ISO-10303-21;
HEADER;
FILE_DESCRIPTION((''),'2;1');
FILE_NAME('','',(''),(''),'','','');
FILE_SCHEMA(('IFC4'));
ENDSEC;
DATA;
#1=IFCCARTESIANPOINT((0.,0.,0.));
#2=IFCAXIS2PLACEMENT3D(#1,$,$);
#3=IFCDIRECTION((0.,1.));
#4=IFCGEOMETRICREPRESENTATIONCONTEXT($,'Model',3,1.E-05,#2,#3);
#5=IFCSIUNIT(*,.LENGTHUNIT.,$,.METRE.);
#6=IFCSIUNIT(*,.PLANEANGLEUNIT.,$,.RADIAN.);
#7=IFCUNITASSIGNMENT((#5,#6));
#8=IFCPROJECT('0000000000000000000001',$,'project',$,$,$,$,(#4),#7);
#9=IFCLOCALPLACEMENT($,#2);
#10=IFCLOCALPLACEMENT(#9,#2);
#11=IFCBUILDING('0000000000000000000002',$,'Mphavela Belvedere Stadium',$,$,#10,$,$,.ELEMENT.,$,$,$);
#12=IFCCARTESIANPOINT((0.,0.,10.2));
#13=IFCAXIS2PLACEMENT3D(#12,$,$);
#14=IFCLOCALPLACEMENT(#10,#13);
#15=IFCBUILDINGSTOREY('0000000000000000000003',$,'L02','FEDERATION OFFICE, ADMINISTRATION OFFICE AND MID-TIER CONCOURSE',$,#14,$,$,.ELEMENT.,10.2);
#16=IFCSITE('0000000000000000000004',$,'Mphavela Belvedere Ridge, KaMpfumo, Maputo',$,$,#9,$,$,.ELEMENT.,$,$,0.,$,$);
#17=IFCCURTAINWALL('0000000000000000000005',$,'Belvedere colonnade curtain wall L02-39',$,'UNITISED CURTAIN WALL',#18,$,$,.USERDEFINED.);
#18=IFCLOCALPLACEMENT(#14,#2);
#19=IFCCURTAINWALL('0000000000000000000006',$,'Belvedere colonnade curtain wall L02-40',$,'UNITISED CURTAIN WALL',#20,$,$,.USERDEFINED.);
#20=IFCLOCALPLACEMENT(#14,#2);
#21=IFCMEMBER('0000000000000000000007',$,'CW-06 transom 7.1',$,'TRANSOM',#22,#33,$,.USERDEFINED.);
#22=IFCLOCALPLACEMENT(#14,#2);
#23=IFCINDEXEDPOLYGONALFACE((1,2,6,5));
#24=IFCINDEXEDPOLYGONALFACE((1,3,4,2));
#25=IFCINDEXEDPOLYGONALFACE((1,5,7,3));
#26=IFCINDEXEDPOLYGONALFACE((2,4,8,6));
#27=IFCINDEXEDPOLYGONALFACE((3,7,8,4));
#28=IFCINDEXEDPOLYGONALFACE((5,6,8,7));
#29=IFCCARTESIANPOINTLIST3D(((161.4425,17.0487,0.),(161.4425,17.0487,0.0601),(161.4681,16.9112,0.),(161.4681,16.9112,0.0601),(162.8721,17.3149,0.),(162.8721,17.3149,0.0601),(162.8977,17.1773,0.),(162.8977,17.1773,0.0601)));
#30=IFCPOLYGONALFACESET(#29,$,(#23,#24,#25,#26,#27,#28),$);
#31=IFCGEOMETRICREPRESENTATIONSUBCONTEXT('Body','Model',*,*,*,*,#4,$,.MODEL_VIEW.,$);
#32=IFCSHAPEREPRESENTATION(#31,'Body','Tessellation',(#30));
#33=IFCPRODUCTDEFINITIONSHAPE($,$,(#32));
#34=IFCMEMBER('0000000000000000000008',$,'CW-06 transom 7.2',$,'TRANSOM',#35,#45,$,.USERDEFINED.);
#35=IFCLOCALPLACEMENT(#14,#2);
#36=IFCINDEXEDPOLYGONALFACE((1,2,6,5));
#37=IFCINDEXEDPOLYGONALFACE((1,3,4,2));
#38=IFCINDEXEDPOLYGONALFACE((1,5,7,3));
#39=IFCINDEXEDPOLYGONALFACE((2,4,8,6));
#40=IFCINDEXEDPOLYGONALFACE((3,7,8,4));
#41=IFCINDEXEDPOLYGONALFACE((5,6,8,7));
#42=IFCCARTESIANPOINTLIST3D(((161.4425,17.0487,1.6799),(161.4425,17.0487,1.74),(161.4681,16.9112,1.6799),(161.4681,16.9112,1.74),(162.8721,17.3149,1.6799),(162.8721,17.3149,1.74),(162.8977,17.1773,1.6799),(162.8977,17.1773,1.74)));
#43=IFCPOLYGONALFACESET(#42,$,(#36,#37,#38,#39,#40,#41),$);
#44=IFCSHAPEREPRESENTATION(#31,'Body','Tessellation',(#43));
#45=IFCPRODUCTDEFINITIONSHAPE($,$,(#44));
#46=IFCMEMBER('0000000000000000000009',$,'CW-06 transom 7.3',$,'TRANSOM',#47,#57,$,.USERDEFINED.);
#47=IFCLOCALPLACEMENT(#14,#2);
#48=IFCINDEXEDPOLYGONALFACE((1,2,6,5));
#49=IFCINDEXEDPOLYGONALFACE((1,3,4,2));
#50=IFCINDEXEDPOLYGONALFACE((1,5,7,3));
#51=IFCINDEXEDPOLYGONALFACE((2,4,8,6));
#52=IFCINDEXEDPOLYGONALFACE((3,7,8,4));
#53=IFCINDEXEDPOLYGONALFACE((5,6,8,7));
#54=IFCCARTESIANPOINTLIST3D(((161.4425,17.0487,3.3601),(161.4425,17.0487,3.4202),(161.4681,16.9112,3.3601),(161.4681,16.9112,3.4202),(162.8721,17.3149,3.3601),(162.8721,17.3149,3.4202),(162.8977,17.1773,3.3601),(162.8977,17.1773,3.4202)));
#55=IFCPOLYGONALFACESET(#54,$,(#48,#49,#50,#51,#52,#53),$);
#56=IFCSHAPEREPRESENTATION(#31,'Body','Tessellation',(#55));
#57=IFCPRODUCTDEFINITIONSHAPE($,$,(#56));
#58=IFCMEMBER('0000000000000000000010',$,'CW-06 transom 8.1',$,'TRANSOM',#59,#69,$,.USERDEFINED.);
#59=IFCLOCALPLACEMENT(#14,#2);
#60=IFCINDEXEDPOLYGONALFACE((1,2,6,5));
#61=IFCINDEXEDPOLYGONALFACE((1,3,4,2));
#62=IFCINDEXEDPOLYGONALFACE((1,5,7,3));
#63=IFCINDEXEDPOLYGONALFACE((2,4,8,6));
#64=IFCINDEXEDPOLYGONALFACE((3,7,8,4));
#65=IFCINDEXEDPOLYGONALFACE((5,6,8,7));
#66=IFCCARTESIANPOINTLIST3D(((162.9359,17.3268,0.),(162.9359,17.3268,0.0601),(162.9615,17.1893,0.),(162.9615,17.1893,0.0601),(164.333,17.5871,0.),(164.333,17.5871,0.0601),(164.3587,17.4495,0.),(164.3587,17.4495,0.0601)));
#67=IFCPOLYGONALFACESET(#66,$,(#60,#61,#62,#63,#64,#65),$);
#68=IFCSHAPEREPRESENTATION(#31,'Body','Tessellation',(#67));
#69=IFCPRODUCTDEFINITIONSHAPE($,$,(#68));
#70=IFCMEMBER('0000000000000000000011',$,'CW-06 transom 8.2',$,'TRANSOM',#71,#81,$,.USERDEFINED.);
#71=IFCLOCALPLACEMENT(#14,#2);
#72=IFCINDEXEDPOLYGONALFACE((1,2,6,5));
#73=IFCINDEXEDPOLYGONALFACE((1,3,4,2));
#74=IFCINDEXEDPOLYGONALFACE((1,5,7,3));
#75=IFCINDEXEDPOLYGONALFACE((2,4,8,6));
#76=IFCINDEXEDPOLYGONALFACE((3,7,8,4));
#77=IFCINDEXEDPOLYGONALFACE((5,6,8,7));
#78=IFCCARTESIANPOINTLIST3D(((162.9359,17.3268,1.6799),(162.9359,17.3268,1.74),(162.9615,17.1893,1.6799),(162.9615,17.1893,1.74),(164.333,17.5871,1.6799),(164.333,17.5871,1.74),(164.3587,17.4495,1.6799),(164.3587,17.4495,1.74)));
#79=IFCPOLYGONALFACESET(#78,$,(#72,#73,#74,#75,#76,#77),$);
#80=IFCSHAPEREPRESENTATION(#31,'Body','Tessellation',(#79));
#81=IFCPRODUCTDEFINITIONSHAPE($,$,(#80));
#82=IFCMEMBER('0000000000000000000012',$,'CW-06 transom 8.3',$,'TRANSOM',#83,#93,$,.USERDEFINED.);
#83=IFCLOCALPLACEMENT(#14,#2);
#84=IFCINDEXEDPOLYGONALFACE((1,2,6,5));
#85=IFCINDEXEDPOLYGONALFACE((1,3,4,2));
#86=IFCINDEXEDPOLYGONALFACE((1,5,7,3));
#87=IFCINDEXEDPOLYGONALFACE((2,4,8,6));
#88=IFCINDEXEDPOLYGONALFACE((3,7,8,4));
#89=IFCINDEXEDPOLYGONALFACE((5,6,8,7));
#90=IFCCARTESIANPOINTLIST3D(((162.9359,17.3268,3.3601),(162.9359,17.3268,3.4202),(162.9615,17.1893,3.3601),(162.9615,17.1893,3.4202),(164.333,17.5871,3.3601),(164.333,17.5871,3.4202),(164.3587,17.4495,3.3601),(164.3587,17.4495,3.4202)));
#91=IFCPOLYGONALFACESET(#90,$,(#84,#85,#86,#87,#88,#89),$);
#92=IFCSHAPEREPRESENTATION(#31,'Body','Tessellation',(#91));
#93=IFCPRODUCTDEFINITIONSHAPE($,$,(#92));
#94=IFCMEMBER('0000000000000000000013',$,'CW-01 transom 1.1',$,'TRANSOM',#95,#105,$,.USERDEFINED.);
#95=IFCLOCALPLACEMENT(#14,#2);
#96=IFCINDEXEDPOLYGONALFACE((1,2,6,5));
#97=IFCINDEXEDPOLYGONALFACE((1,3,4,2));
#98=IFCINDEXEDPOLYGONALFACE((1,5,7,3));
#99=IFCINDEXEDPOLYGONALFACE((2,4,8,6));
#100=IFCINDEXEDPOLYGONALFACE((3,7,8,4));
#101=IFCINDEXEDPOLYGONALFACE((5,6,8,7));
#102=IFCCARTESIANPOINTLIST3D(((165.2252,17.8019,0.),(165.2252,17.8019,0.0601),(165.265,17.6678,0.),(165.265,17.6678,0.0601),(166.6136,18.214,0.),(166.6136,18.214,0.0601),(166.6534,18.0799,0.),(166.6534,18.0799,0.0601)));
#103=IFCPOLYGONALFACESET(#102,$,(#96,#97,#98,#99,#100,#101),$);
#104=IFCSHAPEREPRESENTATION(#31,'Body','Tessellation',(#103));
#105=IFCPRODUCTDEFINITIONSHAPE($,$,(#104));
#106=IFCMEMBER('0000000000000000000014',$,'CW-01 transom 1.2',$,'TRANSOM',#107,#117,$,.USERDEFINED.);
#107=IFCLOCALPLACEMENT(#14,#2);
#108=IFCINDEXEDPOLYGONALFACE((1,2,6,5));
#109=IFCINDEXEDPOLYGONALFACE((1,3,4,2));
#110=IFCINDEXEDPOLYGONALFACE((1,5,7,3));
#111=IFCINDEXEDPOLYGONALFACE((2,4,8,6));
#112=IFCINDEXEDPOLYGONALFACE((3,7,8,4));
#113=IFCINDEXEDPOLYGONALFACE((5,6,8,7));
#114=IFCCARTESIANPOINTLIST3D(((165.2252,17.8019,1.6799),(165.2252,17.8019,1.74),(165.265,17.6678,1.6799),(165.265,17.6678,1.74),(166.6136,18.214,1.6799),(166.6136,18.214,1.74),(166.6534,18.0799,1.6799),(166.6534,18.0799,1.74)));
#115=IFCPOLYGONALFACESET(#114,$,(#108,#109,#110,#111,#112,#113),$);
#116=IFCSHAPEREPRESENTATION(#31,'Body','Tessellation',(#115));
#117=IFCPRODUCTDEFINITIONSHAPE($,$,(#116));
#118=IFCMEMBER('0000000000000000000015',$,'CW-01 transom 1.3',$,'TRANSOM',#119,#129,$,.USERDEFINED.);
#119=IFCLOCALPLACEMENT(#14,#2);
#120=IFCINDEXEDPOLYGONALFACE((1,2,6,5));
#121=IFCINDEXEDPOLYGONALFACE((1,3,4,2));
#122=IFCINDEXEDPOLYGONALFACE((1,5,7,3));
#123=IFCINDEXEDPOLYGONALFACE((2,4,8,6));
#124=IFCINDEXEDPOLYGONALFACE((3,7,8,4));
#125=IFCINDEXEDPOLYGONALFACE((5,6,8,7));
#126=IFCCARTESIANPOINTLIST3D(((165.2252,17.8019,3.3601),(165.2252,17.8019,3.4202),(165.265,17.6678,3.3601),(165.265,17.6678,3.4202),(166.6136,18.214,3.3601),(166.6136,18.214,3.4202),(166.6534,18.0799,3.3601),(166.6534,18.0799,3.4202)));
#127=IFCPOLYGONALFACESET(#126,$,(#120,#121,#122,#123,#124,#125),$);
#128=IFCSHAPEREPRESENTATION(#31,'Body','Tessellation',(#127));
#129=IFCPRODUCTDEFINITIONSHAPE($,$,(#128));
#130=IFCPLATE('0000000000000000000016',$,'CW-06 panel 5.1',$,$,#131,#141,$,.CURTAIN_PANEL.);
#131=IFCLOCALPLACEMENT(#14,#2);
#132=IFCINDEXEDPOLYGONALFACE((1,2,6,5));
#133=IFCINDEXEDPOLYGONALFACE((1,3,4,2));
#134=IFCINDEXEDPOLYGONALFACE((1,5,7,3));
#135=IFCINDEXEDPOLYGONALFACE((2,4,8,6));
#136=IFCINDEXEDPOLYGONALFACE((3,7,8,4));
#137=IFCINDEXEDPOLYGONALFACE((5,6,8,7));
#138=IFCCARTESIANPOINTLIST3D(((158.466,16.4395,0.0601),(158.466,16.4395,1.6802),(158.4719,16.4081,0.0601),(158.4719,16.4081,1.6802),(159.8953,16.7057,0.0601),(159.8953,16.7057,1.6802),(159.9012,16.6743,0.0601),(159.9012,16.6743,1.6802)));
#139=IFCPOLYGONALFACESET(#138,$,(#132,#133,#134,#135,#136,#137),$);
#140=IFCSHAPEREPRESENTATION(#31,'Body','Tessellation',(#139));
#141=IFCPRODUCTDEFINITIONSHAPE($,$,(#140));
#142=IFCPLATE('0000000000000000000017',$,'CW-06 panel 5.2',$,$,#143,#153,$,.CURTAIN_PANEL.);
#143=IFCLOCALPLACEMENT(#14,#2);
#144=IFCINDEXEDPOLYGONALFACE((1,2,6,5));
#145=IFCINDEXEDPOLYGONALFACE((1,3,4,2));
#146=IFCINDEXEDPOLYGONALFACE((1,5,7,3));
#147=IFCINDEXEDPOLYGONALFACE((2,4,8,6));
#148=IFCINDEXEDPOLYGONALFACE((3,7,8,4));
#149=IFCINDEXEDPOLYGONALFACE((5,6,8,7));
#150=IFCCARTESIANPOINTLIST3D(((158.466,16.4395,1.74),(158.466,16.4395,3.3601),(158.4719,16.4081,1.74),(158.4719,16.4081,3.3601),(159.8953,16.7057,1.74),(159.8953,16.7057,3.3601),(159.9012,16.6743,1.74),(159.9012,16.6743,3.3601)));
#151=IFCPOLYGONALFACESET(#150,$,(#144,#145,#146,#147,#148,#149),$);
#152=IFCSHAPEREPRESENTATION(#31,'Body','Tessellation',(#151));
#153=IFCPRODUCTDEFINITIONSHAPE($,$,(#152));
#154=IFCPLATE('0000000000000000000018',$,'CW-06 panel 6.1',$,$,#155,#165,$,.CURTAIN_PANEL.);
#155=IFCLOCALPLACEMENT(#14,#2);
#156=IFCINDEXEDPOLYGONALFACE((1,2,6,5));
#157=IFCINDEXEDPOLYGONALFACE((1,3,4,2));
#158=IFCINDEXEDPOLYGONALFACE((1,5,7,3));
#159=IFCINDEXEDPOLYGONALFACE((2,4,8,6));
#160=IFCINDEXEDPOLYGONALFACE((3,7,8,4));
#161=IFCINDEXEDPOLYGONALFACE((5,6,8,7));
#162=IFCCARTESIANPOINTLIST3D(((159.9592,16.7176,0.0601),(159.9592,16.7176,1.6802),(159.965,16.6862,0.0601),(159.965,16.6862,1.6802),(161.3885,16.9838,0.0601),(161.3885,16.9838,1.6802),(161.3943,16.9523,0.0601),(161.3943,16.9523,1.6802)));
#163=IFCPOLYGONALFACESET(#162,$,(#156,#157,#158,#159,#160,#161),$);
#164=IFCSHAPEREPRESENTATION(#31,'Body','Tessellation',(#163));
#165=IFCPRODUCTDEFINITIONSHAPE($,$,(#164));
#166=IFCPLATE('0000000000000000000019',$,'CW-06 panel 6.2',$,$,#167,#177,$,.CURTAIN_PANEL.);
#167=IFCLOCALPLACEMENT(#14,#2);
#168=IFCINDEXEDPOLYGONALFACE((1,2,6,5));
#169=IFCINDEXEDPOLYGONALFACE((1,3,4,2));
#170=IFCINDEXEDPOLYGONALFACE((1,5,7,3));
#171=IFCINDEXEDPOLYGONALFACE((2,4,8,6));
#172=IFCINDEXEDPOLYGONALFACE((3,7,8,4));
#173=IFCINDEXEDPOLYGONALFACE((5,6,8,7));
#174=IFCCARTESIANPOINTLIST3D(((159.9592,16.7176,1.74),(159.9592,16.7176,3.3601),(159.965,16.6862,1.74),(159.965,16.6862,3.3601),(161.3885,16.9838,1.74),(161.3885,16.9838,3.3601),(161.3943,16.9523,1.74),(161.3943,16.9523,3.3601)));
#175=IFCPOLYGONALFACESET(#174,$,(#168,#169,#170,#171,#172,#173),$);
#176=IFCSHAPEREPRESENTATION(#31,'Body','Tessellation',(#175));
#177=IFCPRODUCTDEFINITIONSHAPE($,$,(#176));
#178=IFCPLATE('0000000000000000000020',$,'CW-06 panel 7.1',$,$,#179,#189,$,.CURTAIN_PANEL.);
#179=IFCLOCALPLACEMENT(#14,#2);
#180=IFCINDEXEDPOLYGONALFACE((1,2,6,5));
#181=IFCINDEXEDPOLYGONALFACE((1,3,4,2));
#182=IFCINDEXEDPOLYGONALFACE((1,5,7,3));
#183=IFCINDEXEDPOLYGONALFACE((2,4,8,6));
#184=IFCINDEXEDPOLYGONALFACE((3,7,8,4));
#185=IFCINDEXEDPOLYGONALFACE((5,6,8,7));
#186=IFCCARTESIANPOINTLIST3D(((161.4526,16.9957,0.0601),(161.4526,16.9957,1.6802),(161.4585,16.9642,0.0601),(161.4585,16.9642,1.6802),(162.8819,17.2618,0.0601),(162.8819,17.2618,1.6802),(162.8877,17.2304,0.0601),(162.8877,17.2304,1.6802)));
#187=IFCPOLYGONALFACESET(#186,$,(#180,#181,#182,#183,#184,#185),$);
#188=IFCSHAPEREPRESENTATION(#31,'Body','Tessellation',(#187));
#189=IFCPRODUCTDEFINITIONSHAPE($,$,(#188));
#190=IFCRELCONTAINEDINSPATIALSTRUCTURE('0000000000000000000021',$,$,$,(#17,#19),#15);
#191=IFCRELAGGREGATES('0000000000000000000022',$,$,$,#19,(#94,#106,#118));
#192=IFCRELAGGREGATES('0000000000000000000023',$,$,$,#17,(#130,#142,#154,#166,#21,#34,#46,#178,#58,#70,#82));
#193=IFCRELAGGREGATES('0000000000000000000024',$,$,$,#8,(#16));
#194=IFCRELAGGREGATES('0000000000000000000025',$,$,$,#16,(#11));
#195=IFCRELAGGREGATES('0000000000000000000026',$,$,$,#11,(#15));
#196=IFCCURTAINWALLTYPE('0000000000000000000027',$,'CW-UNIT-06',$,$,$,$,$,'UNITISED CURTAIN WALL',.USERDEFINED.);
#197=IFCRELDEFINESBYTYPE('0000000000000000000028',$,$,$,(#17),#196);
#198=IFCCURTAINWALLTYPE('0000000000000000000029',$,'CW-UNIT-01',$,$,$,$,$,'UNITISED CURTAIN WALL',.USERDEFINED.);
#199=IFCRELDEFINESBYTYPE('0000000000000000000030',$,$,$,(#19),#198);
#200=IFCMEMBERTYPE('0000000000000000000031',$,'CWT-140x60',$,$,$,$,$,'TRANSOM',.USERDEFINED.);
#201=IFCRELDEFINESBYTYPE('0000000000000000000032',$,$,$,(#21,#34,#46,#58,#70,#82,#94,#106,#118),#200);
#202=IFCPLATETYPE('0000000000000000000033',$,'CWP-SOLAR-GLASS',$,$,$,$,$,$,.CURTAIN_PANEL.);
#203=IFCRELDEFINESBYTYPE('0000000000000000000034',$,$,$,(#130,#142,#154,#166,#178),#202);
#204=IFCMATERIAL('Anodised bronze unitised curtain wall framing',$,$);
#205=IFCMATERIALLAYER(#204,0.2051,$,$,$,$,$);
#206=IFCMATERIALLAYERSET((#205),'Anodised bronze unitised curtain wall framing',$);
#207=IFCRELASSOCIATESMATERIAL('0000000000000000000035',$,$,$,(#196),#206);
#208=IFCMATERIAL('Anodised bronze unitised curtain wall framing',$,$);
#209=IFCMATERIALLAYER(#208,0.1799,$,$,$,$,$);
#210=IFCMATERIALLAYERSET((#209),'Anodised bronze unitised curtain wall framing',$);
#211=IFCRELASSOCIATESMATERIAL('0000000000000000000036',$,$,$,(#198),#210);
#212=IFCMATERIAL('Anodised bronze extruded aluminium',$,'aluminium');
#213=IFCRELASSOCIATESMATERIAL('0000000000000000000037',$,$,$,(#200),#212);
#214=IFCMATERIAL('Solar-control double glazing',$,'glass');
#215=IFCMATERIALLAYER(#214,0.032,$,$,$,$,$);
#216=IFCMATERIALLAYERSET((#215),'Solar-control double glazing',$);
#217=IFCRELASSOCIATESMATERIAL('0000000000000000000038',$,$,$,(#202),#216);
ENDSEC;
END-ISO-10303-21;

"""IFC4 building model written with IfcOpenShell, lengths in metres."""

from ifc_helpers import new_model, si_unit, direction, frame, origin, origin_2d, place, context, subcontext, project, spatial, rectangle, extrude, material, layer, layer_set, material_profile, profile_set, type_object, element, aggregate, save


model = new_model("IFC4")

# Units and contexts
model_context = context("Model", 3, precision=1e-05, world=origin(), true_north=direction((0.0, 1.0)))
body_context = subcontext(model_context, "Body", "Model", "MODEL_VIEW")
ifc_project = project(units=[si_unit("LENGTHUNIT", "METRE"), si_unit("PLANEANGLEUNIT", "RADIAN")], contexts=[model_context])

# Site, building, storey
site_placement = place(None, origin())
site = spatial("IfcSite", under=ifc_project, at=site_placement, Name="Mphavela Belvedere Ridge, KaMpfumo, Maputo", CompositionType="ELEMENT", RefElevation=0.0)
building_placement = place(site_placement, origin())
building = spatial("IfcBuilding", under=site, at=building_placement, Name="Mphavela Belvedere Stadium", CompositionType="ELEMENT")
storey_placement = place(building_placement, frame((0.0, 0.0, 10.2)))
storey = spatial("IfcBuildingStorey", under=building, at=storey_placement, Name="L02", Description="FEDERATION OFFICE, ADMINISTRATION OFFICE AND MID-TIER CONCOURSE", CompositionType="ELEMENT", Elevation=10.2)

# Curtain wall
ifc_material_1 = material(Name="Anodised bronze unitised curtain wall framing")
ifc_layer_1 = layer(ifc_material_1, 0.2051)
ifc_layer_set_1 = layer_set([ifc_layer_1], Name="Anodised bronze unitised curtain wall framing")
curtain_wall_type_1 = type_object("IfcCurtainWallType", Name="CW-UNIT-06", ElementType="UNITISED CURTAIN WALL", PredefinedType="USERDEFINED", material=ifc_layer_set_1)
curtain_wall_1_placement = place(storey_placement, origin())
curtain_wall_1 = element("IfcCurtainWall", 1, at=curtain_wall_1_placement, inside=storey, type_object=curtain_wall_type_1, Name="Belvedere colonnade curtain wall L02-39", ObjectType="UNITISED CURTAIN WALL", PredefinedType="USERDEFINED")

# Curtain wall
ifc_material_2 = material(Name="Anodised bronze unitised curtain wall framing")
ifc_layer_2 = layer(ifc_material_2, 0.1799)
ifc_layer_set_2 = layer_set([ifc_layer_2], Name="Anodised bronze unitised curtain wall framing")
curtain_wall_type_2 = type_object("IfcCurtainWallType", Name="CW-UNIT-01", ElementType="UNITISED CURTAIN WALL", PredefinedType="USERDEFINED", material=ifc_layer_set_2)
curtain_wall_2_placement = place(storey_placement, origin())
curtain_wall_2 = element("IfcCurtainWall", 2, at=curtain_wall_2_placement, inside=storey, type_object=curtain_wall_type_2, Name="Belvedere colonnade curtain wall L02-40", ObjectType="UNITISED CURTAIN WALL", PredefinedType="USERDEFINED")

# Members
ifc_material_3 = material(Name="Anodised bronze extruded aluminium", Category="aluminium")
ifc_material_profile_1 = material_profile(ifc_material_3, rectangle(XDim=0.1399, YDim=0.0601, at=origin_2d()), Name="CW-TRN 140x60")
ifc_profile_set_1 = profile_set([ifc_material_profile_1], Name="Anodised bronze extruded aluminium")
member_type_1 = type_object("IfcMemberType", Name="CWT-140x60", ElementType="TRANSOM", PredefinedType="USERDEFINED", material=ifc_profile_set_1)
member_1_placement = place(storey_placement, frame((161.4553, 16.98, 0.03), z_axis=(0.983109, 0.183021, 0.0), x_axis=(-0.183021, 0.983109, 0.0)))
member_1 = element("IfcMember", 3, at=member_1_placement, type_object=member_type_1, Name="CW-06 transom 7.1", ObjectType="TRANSOM", PredefinedType="USERDEFINED", context=body_context, shape_type="SweptSolid", body=[
    extrude(rectangle(XDim=0.1399, YDim=0.0601, at=origin_2d()), origin(), (0.0, 0.0, 1.0), 1.4541),
])
member_2_placement = place(storey_placement, frame((161.4553, 16.98, 1.71), z_axis=(0.983109, 0.183021, 0.0), x_axis=(-0.183021, 0.983109, 0.0)))
member_2 = element("IfcMember", 4, at=member_2_placement, type_object=member_type_1, Name="CW-06 transom 7.2", ObjectType="TRANSOM", PredefinedType="USERDEFINED", context=body_context, shape_type="SweptSolid", body=[
    extrude(rectangle(XDim=0.1399, YDim=0.0601, at=origin_2d()), origin(), (0.0, 0.0, 1.0), 1.4541),
])
member_3_placement = place(storey_placement, frame((161.4553, 16.98, 3.3901), z_axis=(0.983109, 0.183021, 0.0), x_axis=(-0.183021, 0.983109, 0.0)))
member_3 = element("IfcMember", 5, at=member_3_placement, type_object=member_type_1, Name="CW-06 transom 7.3", ObjectType="TRANSOM", PredefinedType="USERDEFINED", context=body_context, shape_type="SweptSolid", body=[
    extrude(rectangle(XDim=0.1399, YDim=0.0601, at=origin_2d()), origin(), (0.0, 0.0, 1.0), 1.4541),
])
member_4_placement = place(storey_placement, frame((162.9487, 17.2581, 0.03), z_axis=(0.983091, 0.183116, 0.0), x_axis=(-0.183116, 0.983091, 0.0)))
member_4 = element("IfcMember", 6, at=member_4_placement, type_object=member_type_1, Name="CW-06 transom 8.1", ObjectType="TRANSOM", PredefinedType="USERDEFINED", context=body_context, shape_type="SweptSolid", body=[
    extrude(rectangle(XDim=0.1399, YDim=0.0601, at=origin_2d()), origin(), (0.0, 0.0, 1.0), 1.4211),
])
member_5_placement = place(storey_placement, frame((162.9487, 17.2581, 1.71), z_axis=(0.983091, 0.183116, 0.0), x_axis=(-0.183116, 0.983091, 0.0)))
member_5 = element("IfcMember", 7, at=member_5_placement, type_object=member_type_1, Name="CW-06 transom 8.2", ObjectType="TRANSOM", PredefinedType="USERDEFINED", context=body_context, shape_type="SweptSolid", body=[
    extrude(rectangle(XDim=0.1399, YDim=0.0601, at=origin_2d()), origin(), (0.0, 0.0, 1.0), 1.4211),
])
member_6_placement = place(storey_placement, frame((162.9487, 17.2581, 3.3901), z_axis=(0.983091, 0.183116, 0.0), x_axis=(-0.183116, 0.983091, 0.0)))
member_6 = element("IfcMember", 8, at=member_6_placement, type_object=member_type_1, Name="CW-06 transom 8.3", ObjectType="TRANSOM", PredefinedType="USERDEFINED", context=body_context, shape_type="SweptSolid", body=[
    extrude(rectangle(XDim=0.1399, YDim=0.0601, at=origin_2d()), origin(), (0.0, 0.0, 1.0), 1.4211),
])
member_7_placement = place(storey_placement, frame((165.2451, 17.7349, 0.03), z_axis=(0.958662, 0.284547, 0.0), x_axis=(-0.284547, 0.958662, 0.0)))
member_7 = element("IfcMember", 9, at=member_7_placement, type_object=member_type_1, Name="CW-01 transom 1.1", ObjectType="TRANSOM", PredefinedType="USERDEFINED", context=body_context, shape_type="SweptSolid", body=[
    extrude(rectangle(XDim=0.1399, YDim=0.0601, at=origin_2d()), origin(), (0.0, 0.0, 1.0), 1.4482),
])
member_8_placement = place(storey_placement, frame((165.2451, 17.7349, 1.71), z_axis=(0.958662, 0.284547, 0.0), x_axis=(-0.284547, 0.958662, 0.0)))
member_8 = element("IfcMember", 10, at=member_8_placement, type_object=member_type_1, Name="CW-01 transom 1.2", ObjectType="TRANSOM", PredefinedType="USERDEFINED", context=body_context, shape_type="SweptSolid", body=[
    extrude(rectangle(XDim=0.1399, YDim=0.0601, at=origin_2d()), origin(), (0.0, 0.0, 1.0), 1.4482),
])
member_9_placement = place(storey_placement, frame((165.2451, 17.7349, 3.3901), z_axis=(0.958662, 0.284547, 0.0), x_axis=(-0.284547, 0.958662, 0.0)))
member_9 = element("IfcMember", 11, at=member_9_placement, type_object=member_type_1, Name="CW-01 transom 1.3", ObjectType="TRANSOM", PredefinedType="USERDEFINED", context=body_context, shape_type="SweptSolid", body=[
    extrude(rectangle(XDim=0.1399, YDim=0.0601, at=origin_2d()), origin(), (0.0, 0.0, 1.0), 1.4482),
])
aggregate(curtain_wall_2, [member_7, member_8, member_9])

# Plates
ifc_material_4 = material(Name="Solar-control double glazing", Category="glass")
ifc_layer_3 = layer(ifc_material_4, 0.032)
ifc_layer_set_3 = layer_set([ifc_layer_3], Name="Solar-control double glazing")
plate_type = type_object("IfcPlateType", Name="CWP-SOLAR-GLASS", PredefinedType="CURTAIN_PANEL", material=ifc_layer_set_3)
plate_1_placement = place(storey_placement, frame((159.1836, 16.5569, 0.0601), z_axis=(0.0, 0.0, 1.0), x_axis=(0.983097, 0.183085, 0.0)))
plate_1 = element("IfcPlate", 12, at=plate_1_placement, type_object=plate_type, Name="CW-06 panel 5.1", PredefinedType="CURTAIN_PANEL", context=body_context, shape_type="SweptSolid", body=[
    extrude(rectangle(XDim=1.4539, YDim=0.032, at=origin_2d()), origin(), (0.0, 0.0, 1.0), 1.6201),
])
plate_2_placement = place(storey_placement, frame((159.1836, 16.5569, 1.74), z_axis=(0.0, 0.0, 1.0), x_axis=(0.983097, 0.183085, 0.0)))
plate_2 = element("IfcPlate", 13, at=plate_2_placement, type_object=plate_type, Name="CW-06 panel 5.2", PredefinedType="CURTAIN_PANEL", context=body_context, shape_type="SweptSolid", body=[
    extrude(rectangle(XDim=1.4539, YDim=0.032, at=origin_2d()), origin(), (0.0, 0.0, 1.0), 1.6201),
])
plate_3_placement = place(storey_placement, frame((160.6768, 16.835, 0.0601), z_axis=(0.0, 0.0, 1.0), x_axis=(0.983097, 0.183085, 0.0)))
plate_3 = element("IfcPlate", 14, at=plate_3_placement, type_object=plate_type, Name="CW-06 panel 6.1", PredefinedType="CURTAIN_PANEL", context=body_context, shape_type="SweptSolid", body=[
    extrude(rectangle(XDim=1.4539, YDim=0.032, at=origin_2d()), origin(), (0.0, 0.0, 1.0), 1.6201),
])
plate_4_placement = place(storey_placement, frame((160.6768, 16.835, 1.74), z_axis=(0.0, 0.0, 1.0), x_axis=(0.983097, 0.183085, 0.0)))
plate_4 = element("IfcPlate", 15, at=plate_4_placement, type_object=plate_type, Name="CW-06 panel 6.2", PredefinedType="CURTAIN_PANEL", context=body_context, shape_type="SweptSolid", body=[
    extrude(rectangle(XDim=1.4539, YDim=0.032, at=origin_2d()), origin(), (0.0, 0.0, 1.0), 1.6201),
])
plate_5_placement = place(storey_placement, frame((162.1702, 17.113, 0.0601), z_axis=(0.0, 0.0, 1.0), x_axis=(0.983097, 0.183085, 0.0)))
plate_5 = element("IfcPlate", 16, at=plate_5_placement, type_object=plate_type, Name="CW-06 panel 7.1", PredefinedType="CURTAIN_PANEL", context=body_context, shape_type="SweptSolid", body=[
    extrude(rectangle(XDim=1.4539, YDim=0.032, at=origin_2d()), origin(), (0.0, 0.0, 1.0), 1.6201),
])
aggregate(curtain_wall_1, [plate_1, plate_2, plate_3, plate_4, member_1, member_2, member_3, plate_5, member_4, member_5, member_6])

save(model, "model.ifc")
